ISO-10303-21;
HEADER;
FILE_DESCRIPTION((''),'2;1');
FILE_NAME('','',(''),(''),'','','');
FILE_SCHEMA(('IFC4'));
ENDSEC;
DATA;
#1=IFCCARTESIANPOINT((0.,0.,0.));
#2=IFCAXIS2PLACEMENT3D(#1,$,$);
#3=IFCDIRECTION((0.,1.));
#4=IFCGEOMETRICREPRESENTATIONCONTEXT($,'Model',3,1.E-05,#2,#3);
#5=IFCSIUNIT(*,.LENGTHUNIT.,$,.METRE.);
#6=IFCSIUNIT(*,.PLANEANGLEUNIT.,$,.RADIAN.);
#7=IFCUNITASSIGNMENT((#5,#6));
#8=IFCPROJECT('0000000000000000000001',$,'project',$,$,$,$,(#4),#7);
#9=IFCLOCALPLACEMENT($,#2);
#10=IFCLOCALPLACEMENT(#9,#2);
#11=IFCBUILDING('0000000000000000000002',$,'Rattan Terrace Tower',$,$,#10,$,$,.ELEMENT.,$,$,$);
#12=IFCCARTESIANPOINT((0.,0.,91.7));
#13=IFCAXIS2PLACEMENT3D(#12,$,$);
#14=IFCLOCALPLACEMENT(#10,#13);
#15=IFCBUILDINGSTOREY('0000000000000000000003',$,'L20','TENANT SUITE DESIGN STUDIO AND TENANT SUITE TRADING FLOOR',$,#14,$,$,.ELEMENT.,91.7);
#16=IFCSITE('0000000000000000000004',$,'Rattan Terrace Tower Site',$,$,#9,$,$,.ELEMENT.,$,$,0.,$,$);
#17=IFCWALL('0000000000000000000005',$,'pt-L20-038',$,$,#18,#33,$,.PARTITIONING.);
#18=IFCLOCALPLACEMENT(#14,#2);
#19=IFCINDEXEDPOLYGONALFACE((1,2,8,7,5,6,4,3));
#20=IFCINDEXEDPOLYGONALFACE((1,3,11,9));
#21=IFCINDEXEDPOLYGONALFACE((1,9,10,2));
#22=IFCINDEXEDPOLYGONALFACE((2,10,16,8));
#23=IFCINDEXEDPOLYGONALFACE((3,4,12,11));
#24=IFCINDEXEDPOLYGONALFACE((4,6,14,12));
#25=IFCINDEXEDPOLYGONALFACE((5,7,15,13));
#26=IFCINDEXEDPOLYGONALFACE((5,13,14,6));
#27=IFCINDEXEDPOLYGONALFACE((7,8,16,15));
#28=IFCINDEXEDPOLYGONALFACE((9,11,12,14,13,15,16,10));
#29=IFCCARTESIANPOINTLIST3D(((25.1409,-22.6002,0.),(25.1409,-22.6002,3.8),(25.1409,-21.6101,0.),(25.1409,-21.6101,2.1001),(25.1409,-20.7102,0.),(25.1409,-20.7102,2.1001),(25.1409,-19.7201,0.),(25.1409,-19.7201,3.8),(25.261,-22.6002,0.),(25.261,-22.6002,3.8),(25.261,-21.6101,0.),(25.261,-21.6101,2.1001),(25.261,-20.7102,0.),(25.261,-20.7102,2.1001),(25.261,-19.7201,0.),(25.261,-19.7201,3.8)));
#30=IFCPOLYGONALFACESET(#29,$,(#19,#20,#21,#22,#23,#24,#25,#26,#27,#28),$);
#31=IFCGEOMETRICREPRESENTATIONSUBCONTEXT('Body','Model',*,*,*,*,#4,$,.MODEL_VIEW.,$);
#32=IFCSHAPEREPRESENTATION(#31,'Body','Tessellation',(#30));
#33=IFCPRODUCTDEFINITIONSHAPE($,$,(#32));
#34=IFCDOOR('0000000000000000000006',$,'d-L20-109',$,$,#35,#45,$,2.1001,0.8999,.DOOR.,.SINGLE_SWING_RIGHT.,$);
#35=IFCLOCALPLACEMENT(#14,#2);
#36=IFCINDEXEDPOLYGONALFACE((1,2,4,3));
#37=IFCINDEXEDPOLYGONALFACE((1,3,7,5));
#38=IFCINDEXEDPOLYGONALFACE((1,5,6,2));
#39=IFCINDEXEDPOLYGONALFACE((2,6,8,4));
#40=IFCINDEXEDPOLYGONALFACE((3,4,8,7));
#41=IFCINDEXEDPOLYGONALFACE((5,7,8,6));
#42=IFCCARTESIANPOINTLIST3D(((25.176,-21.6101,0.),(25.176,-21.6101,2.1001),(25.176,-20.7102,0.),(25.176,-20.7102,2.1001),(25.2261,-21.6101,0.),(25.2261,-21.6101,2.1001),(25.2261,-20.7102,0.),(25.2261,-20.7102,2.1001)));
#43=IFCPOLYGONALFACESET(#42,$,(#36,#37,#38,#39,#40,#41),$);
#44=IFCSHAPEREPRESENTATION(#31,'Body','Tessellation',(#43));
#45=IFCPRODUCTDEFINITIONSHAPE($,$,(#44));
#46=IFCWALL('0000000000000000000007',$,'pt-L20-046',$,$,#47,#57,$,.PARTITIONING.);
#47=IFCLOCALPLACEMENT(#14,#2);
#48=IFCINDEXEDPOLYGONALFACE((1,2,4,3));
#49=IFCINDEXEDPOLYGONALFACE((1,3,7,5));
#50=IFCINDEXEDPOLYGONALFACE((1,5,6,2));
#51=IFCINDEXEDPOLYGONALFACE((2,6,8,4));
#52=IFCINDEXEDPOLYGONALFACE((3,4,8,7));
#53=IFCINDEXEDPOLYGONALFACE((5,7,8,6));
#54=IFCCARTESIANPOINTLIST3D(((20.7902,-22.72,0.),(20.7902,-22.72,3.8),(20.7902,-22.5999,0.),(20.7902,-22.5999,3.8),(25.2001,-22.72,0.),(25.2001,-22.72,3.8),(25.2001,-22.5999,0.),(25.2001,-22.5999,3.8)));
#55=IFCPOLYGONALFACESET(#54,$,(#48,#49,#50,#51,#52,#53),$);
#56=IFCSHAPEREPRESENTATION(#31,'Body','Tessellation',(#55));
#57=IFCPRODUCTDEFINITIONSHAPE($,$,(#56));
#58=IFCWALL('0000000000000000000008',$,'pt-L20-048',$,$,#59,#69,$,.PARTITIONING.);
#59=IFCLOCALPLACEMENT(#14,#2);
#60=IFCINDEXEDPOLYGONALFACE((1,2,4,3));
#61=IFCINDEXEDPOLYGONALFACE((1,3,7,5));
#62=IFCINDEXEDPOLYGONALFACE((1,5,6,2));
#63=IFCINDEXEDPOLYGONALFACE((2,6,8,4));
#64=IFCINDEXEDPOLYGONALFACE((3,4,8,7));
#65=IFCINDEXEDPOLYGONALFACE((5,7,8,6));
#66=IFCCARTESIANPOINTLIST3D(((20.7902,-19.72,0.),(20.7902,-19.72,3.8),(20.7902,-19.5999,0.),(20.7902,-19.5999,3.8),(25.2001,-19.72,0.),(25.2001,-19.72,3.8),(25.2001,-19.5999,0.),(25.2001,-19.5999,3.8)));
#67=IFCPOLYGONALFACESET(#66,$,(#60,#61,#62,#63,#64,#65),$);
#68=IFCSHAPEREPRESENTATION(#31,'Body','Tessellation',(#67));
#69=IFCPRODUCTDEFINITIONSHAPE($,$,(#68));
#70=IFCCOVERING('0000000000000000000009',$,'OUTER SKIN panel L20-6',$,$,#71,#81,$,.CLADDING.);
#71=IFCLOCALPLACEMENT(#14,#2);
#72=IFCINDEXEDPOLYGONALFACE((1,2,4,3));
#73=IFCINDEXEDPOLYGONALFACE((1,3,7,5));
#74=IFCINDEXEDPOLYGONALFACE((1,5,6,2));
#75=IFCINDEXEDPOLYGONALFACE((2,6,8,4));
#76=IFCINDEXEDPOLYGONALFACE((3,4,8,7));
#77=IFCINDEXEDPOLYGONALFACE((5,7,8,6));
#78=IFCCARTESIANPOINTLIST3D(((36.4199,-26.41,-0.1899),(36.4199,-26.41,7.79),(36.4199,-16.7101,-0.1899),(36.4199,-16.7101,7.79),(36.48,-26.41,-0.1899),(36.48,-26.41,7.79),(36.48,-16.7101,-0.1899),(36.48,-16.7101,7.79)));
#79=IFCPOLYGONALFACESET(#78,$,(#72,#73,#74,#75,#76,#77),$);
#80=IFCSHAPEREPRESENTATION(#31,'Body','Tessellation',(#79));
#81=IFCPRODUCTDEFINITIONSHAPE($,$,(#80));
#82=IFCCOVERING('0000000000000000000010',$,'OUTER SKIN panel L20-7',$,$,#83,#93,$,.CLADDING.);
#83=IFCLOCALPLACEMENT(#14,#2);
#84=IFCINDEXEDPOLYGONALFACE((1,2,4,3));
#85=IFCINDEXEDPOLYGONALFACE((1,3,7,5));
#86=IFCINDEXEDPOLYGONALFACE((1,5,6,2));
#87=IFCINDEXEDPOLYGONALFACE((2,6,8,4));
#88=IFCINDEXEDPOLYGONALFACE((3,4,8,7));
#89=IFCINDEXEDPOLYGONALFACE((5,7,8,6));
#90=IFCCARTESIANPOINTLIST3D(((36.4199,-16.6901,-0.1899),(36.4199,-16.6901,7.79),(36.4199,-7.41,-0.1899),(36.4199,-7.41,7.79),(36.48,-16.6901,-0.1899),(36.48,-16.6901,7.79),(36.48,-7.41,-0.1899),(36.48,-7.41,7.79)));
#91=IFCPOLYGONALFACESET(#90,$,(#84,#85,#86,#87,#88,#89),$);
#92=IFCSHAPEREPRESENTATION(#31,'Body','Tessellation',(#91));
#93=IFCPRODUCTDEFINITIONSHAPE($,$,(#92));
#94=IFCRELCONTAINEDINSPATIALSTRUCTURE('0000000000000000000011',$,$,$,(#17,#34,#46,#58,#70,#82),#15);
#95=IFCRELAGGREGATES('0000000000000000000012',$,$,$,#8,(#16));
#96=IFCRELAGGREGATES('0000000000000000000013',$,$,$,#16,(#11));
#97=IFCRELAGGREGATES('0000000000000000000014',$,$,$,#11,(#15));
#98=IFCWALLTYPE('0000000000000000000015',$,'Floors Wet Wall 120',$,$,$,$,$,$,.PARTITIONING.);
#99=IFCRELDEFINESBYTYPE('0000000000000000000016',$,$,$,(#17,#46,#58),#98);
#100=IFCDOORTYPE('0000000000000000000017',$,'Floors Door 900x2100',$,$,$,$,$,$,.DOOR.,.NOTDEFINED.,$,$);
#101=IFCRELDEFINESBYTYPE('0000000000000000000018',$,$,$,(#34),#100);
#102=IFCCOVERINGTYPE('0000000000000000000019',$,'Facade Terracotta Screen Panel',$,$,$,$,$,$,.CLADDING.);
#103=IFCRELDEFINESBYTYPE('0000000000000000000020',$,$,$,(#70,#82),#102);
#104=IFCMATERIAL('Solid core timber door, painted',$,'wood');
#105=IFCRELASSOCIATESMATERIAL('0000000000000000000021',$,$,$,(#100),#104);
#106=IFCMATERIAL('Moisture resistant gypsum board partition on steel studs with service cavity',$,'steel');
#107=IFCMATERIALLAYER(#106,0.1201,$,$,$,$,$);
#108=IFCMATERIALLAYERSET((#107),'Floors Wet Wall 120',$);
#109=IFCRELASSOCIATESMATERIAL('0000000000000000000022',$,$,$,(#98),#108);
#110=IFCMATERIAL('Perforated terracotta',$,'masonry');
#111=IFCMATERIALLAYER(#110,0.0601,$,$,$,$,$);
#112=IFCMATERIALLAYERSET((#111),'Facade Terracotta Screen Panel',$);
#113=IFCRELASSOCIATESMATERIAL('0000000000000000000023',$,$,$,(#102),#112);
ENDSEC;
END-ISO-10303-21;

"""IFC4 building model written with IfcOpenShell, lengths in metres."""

from ifc_helpers import new_model, si_unit, direction, frame, frame_2d, origin, origin_2d, place, context, subcontext, project, spatial, rectangle, extrude, material, layer, layer_set, type_object, element, fill, save


model = new_model("IFC4")

# Units and contexts
model_context = context("Model", 3, precision=1e-05, world=origin(), true_north=direction((0.0, 1.0)))
body_context = subcontext(model_context, "Body", "Model", "MODEL_VIEW")
ifc_project = project(units=[si_unit("LENGTHUNIT", "METRE"), si_unit("PLANEANGLEUNIT", "RADIAN")], contexts=[model_context])

# Site, building, storey
site_placement = place(None, origin())
site = spatial("IfcSite", under=ifc_project, at=site_placement, Name="Rattan Terrace Tower Site", CompositionType="ELEMENT", RefElevation=0.0)
building_placement = place(site_placement, origin())
building = spatial("IfcBuilding", under=site, at=building_placement, Name="Rattan Terrace Tower", CompositionType="ELEMENT")
storey_placement = place(building_placement, frame((0.0, 0.0, 91.7)))
storey = spatial("IfcBuildingStorey", under=building, at=storey_placement, Name="L20", Description="TENANT SUITE DESIGN STUDIO AND TENANT SUITE TRADING FLOOR", CompositionType="ELEMENT", Elevation=91.7)

# Shared definitions
ifc_material_1 = material(Name="Solid core timber door, painted", Category="wood")
door_type_1 = type_object("IfcDoorType", Name="Floors Door 900x2100", OperationType="NOTDEFINED", PredefinedType="DOOR", material=ifc_material_1)

# Wall, opening, door
ifc_material_2 = material(Name="Moisture resistant gypsum board partition on steel studs with service cavity", Category="steel")
ifc_layer_1 = layer(ifc_material_2, 0.1201)
ifc_layer_set_1 = layer_set([ifc_layer_1], Name="Floors Wet Wall 120")
wall_type_1 = type_object("IfcWallType", Name="Floors Wet Wall 120", PredefinedType="PARTITIONING", material=ifc_layer_set_1)
wall_1_placement = place(storey_placement, frame((25.2009, -22.6001, 0.0), z_axis=(0.0, 0.0, 1.0), x_axis=(0.0, 1.0, 0.0)))
wall_1 = element("IfcWall", 1, at=wall_1_placement, inside=storey, type_object=wall_type_1, Name="pt-L20-038", PredefinedType="PARTITIONING", context=body_context, shape_type="SweptSolid", body=[
    extrude(rectangle(XDim=2.8801, YDim=0.1201, at=frame_2d((1.4399, 0.0))), origin(), (0.0, 0.0, 1.0), 3.8),
])
opening_1_placement = place(wall_1_placement, frame((0.99, 0.0, 0.0)))
opening_1 = element("IfcOpeningElement", 2, at=opening_1_placement, cuts=wall_1, PredefinedType="OPENING", context=body_context, shape_type="SweptSolid", body=[
    extrude(rectangle(XDim=0.8999, YDim=2.1001, at=frame_2d((0.45, 1.05))), frame((0.0, 0.0706, 0.0), z_axis=(0.0, -1.0, 0.0), x_axis=(1.0, 0.0, 0.0)), (0.0, 0.0, 1.0), 0.1411),
])
door_1_placement = place(opening_1_placement, origin())
door_1 = element("IfcDoor", 3, at=door_1_placement, inside=storey, type_object=door_type_1, Name="d-L20-109", OperationType="SINGLE_SWING_RIGHT", OverallHeight=2.1001, OverallWidth=0.8999, PredefinedType="DOOR", context=body_context, shape_type="SweptSolid", body=[
    extrude(rectangle(XDim=0.8999, YDim=2.1001, at=frame_2d((0.45, 1.05))), frame((0.0, 0.0249, 0.0), z_axis=(0.0, -1.0, 0.0), x_axis=(1.0, 0.0, 0.0)), (0.0, 0.0, 1.0), 0.05),
])
fill(opening_1, door_1)

# Walls
for number, where, z_axis, x_axis, name in (
    (4, (20.79, -22.6599, 0.0), (0.0, 0.0, 1.0), (1.0, 0.0, 0.0), "pt-L20-046"),
    (5, (20.79, -19.6599, 0.0), (0.0, 0.0, 1.0), (1.0, 0.0, 0.0), "pt-L20-048"),
):
    element("IfcWall", number, at=place(storey_placement, frame(where, z_axis=z_axis, x_axis=x_axis)), inside=storey, type_object=wall_type_1, Name=name, PredefinedType="PARTITIONING", context=body_context, shape_type="SweptSolid", body=[
        extrude(rectangle(XDim=4.4099, YDim=0.1201, at=frame_2d((2.2051, 0.0))), origin(), (0.0, 0.0, 1.0), 3.8),
    ])

# Coverings
ifc_material_3 = material(Name="Perforated terracotta", Category="masonry")
ifc_layer_2 = layer(ifc_material_3, 0.0601)
ifc_layer_set_2 = layer_set([ifc_layer_2], Name="Facade Terracotta Screen Panel")
covering_type = type_object("IfcCoveringType", Name="Facade Terracotta Screen Panel", PredefinedType="CLADDING", material=ifc_layer_set_2)
covering_1_placement = place(storey_placement, frame((36.45, -21.5601, -0.1899), z_axis=(0.0, 0.0, 1.0), x_axis=(0.0, 1.0, 0.0)))
element("IfcCovering", 6, at=covering_1_placement, inside=storey, type_object=covering_type, Name="OUTER SKIN panel L20-6", PredefinedType="CLADDING", context=body_context, shape_type="SweptSolid", body=[
    extrude(rectangle(XDim=9.7, YDim=0.0601, at=origin_2d()), origin(), (0.0, 0.0, 1.0), 7.98),
])
covering_2_placement = place(storey_placement, frame((36.45, -12.05, -0.1899), z_axis=(0.0, 0.0, 1.0), x_axis=(0.0, 1.0, 0.0)))
element("IfcCovering", 7, at=covering_2_placement, inside=storey, type_object=covering_type, Name="OUTER SKIN panel L20-7", PredefinedType="CLADDING", context=body_context, shape_type="SweptSolid", body=[
    extrude(rectangle(XDim=9.28, YDim=0.0601, at=origin_2d()), origin(), (0.0, 0.0, 1.0), 7.98),
])

save(model, "model.ifc")
